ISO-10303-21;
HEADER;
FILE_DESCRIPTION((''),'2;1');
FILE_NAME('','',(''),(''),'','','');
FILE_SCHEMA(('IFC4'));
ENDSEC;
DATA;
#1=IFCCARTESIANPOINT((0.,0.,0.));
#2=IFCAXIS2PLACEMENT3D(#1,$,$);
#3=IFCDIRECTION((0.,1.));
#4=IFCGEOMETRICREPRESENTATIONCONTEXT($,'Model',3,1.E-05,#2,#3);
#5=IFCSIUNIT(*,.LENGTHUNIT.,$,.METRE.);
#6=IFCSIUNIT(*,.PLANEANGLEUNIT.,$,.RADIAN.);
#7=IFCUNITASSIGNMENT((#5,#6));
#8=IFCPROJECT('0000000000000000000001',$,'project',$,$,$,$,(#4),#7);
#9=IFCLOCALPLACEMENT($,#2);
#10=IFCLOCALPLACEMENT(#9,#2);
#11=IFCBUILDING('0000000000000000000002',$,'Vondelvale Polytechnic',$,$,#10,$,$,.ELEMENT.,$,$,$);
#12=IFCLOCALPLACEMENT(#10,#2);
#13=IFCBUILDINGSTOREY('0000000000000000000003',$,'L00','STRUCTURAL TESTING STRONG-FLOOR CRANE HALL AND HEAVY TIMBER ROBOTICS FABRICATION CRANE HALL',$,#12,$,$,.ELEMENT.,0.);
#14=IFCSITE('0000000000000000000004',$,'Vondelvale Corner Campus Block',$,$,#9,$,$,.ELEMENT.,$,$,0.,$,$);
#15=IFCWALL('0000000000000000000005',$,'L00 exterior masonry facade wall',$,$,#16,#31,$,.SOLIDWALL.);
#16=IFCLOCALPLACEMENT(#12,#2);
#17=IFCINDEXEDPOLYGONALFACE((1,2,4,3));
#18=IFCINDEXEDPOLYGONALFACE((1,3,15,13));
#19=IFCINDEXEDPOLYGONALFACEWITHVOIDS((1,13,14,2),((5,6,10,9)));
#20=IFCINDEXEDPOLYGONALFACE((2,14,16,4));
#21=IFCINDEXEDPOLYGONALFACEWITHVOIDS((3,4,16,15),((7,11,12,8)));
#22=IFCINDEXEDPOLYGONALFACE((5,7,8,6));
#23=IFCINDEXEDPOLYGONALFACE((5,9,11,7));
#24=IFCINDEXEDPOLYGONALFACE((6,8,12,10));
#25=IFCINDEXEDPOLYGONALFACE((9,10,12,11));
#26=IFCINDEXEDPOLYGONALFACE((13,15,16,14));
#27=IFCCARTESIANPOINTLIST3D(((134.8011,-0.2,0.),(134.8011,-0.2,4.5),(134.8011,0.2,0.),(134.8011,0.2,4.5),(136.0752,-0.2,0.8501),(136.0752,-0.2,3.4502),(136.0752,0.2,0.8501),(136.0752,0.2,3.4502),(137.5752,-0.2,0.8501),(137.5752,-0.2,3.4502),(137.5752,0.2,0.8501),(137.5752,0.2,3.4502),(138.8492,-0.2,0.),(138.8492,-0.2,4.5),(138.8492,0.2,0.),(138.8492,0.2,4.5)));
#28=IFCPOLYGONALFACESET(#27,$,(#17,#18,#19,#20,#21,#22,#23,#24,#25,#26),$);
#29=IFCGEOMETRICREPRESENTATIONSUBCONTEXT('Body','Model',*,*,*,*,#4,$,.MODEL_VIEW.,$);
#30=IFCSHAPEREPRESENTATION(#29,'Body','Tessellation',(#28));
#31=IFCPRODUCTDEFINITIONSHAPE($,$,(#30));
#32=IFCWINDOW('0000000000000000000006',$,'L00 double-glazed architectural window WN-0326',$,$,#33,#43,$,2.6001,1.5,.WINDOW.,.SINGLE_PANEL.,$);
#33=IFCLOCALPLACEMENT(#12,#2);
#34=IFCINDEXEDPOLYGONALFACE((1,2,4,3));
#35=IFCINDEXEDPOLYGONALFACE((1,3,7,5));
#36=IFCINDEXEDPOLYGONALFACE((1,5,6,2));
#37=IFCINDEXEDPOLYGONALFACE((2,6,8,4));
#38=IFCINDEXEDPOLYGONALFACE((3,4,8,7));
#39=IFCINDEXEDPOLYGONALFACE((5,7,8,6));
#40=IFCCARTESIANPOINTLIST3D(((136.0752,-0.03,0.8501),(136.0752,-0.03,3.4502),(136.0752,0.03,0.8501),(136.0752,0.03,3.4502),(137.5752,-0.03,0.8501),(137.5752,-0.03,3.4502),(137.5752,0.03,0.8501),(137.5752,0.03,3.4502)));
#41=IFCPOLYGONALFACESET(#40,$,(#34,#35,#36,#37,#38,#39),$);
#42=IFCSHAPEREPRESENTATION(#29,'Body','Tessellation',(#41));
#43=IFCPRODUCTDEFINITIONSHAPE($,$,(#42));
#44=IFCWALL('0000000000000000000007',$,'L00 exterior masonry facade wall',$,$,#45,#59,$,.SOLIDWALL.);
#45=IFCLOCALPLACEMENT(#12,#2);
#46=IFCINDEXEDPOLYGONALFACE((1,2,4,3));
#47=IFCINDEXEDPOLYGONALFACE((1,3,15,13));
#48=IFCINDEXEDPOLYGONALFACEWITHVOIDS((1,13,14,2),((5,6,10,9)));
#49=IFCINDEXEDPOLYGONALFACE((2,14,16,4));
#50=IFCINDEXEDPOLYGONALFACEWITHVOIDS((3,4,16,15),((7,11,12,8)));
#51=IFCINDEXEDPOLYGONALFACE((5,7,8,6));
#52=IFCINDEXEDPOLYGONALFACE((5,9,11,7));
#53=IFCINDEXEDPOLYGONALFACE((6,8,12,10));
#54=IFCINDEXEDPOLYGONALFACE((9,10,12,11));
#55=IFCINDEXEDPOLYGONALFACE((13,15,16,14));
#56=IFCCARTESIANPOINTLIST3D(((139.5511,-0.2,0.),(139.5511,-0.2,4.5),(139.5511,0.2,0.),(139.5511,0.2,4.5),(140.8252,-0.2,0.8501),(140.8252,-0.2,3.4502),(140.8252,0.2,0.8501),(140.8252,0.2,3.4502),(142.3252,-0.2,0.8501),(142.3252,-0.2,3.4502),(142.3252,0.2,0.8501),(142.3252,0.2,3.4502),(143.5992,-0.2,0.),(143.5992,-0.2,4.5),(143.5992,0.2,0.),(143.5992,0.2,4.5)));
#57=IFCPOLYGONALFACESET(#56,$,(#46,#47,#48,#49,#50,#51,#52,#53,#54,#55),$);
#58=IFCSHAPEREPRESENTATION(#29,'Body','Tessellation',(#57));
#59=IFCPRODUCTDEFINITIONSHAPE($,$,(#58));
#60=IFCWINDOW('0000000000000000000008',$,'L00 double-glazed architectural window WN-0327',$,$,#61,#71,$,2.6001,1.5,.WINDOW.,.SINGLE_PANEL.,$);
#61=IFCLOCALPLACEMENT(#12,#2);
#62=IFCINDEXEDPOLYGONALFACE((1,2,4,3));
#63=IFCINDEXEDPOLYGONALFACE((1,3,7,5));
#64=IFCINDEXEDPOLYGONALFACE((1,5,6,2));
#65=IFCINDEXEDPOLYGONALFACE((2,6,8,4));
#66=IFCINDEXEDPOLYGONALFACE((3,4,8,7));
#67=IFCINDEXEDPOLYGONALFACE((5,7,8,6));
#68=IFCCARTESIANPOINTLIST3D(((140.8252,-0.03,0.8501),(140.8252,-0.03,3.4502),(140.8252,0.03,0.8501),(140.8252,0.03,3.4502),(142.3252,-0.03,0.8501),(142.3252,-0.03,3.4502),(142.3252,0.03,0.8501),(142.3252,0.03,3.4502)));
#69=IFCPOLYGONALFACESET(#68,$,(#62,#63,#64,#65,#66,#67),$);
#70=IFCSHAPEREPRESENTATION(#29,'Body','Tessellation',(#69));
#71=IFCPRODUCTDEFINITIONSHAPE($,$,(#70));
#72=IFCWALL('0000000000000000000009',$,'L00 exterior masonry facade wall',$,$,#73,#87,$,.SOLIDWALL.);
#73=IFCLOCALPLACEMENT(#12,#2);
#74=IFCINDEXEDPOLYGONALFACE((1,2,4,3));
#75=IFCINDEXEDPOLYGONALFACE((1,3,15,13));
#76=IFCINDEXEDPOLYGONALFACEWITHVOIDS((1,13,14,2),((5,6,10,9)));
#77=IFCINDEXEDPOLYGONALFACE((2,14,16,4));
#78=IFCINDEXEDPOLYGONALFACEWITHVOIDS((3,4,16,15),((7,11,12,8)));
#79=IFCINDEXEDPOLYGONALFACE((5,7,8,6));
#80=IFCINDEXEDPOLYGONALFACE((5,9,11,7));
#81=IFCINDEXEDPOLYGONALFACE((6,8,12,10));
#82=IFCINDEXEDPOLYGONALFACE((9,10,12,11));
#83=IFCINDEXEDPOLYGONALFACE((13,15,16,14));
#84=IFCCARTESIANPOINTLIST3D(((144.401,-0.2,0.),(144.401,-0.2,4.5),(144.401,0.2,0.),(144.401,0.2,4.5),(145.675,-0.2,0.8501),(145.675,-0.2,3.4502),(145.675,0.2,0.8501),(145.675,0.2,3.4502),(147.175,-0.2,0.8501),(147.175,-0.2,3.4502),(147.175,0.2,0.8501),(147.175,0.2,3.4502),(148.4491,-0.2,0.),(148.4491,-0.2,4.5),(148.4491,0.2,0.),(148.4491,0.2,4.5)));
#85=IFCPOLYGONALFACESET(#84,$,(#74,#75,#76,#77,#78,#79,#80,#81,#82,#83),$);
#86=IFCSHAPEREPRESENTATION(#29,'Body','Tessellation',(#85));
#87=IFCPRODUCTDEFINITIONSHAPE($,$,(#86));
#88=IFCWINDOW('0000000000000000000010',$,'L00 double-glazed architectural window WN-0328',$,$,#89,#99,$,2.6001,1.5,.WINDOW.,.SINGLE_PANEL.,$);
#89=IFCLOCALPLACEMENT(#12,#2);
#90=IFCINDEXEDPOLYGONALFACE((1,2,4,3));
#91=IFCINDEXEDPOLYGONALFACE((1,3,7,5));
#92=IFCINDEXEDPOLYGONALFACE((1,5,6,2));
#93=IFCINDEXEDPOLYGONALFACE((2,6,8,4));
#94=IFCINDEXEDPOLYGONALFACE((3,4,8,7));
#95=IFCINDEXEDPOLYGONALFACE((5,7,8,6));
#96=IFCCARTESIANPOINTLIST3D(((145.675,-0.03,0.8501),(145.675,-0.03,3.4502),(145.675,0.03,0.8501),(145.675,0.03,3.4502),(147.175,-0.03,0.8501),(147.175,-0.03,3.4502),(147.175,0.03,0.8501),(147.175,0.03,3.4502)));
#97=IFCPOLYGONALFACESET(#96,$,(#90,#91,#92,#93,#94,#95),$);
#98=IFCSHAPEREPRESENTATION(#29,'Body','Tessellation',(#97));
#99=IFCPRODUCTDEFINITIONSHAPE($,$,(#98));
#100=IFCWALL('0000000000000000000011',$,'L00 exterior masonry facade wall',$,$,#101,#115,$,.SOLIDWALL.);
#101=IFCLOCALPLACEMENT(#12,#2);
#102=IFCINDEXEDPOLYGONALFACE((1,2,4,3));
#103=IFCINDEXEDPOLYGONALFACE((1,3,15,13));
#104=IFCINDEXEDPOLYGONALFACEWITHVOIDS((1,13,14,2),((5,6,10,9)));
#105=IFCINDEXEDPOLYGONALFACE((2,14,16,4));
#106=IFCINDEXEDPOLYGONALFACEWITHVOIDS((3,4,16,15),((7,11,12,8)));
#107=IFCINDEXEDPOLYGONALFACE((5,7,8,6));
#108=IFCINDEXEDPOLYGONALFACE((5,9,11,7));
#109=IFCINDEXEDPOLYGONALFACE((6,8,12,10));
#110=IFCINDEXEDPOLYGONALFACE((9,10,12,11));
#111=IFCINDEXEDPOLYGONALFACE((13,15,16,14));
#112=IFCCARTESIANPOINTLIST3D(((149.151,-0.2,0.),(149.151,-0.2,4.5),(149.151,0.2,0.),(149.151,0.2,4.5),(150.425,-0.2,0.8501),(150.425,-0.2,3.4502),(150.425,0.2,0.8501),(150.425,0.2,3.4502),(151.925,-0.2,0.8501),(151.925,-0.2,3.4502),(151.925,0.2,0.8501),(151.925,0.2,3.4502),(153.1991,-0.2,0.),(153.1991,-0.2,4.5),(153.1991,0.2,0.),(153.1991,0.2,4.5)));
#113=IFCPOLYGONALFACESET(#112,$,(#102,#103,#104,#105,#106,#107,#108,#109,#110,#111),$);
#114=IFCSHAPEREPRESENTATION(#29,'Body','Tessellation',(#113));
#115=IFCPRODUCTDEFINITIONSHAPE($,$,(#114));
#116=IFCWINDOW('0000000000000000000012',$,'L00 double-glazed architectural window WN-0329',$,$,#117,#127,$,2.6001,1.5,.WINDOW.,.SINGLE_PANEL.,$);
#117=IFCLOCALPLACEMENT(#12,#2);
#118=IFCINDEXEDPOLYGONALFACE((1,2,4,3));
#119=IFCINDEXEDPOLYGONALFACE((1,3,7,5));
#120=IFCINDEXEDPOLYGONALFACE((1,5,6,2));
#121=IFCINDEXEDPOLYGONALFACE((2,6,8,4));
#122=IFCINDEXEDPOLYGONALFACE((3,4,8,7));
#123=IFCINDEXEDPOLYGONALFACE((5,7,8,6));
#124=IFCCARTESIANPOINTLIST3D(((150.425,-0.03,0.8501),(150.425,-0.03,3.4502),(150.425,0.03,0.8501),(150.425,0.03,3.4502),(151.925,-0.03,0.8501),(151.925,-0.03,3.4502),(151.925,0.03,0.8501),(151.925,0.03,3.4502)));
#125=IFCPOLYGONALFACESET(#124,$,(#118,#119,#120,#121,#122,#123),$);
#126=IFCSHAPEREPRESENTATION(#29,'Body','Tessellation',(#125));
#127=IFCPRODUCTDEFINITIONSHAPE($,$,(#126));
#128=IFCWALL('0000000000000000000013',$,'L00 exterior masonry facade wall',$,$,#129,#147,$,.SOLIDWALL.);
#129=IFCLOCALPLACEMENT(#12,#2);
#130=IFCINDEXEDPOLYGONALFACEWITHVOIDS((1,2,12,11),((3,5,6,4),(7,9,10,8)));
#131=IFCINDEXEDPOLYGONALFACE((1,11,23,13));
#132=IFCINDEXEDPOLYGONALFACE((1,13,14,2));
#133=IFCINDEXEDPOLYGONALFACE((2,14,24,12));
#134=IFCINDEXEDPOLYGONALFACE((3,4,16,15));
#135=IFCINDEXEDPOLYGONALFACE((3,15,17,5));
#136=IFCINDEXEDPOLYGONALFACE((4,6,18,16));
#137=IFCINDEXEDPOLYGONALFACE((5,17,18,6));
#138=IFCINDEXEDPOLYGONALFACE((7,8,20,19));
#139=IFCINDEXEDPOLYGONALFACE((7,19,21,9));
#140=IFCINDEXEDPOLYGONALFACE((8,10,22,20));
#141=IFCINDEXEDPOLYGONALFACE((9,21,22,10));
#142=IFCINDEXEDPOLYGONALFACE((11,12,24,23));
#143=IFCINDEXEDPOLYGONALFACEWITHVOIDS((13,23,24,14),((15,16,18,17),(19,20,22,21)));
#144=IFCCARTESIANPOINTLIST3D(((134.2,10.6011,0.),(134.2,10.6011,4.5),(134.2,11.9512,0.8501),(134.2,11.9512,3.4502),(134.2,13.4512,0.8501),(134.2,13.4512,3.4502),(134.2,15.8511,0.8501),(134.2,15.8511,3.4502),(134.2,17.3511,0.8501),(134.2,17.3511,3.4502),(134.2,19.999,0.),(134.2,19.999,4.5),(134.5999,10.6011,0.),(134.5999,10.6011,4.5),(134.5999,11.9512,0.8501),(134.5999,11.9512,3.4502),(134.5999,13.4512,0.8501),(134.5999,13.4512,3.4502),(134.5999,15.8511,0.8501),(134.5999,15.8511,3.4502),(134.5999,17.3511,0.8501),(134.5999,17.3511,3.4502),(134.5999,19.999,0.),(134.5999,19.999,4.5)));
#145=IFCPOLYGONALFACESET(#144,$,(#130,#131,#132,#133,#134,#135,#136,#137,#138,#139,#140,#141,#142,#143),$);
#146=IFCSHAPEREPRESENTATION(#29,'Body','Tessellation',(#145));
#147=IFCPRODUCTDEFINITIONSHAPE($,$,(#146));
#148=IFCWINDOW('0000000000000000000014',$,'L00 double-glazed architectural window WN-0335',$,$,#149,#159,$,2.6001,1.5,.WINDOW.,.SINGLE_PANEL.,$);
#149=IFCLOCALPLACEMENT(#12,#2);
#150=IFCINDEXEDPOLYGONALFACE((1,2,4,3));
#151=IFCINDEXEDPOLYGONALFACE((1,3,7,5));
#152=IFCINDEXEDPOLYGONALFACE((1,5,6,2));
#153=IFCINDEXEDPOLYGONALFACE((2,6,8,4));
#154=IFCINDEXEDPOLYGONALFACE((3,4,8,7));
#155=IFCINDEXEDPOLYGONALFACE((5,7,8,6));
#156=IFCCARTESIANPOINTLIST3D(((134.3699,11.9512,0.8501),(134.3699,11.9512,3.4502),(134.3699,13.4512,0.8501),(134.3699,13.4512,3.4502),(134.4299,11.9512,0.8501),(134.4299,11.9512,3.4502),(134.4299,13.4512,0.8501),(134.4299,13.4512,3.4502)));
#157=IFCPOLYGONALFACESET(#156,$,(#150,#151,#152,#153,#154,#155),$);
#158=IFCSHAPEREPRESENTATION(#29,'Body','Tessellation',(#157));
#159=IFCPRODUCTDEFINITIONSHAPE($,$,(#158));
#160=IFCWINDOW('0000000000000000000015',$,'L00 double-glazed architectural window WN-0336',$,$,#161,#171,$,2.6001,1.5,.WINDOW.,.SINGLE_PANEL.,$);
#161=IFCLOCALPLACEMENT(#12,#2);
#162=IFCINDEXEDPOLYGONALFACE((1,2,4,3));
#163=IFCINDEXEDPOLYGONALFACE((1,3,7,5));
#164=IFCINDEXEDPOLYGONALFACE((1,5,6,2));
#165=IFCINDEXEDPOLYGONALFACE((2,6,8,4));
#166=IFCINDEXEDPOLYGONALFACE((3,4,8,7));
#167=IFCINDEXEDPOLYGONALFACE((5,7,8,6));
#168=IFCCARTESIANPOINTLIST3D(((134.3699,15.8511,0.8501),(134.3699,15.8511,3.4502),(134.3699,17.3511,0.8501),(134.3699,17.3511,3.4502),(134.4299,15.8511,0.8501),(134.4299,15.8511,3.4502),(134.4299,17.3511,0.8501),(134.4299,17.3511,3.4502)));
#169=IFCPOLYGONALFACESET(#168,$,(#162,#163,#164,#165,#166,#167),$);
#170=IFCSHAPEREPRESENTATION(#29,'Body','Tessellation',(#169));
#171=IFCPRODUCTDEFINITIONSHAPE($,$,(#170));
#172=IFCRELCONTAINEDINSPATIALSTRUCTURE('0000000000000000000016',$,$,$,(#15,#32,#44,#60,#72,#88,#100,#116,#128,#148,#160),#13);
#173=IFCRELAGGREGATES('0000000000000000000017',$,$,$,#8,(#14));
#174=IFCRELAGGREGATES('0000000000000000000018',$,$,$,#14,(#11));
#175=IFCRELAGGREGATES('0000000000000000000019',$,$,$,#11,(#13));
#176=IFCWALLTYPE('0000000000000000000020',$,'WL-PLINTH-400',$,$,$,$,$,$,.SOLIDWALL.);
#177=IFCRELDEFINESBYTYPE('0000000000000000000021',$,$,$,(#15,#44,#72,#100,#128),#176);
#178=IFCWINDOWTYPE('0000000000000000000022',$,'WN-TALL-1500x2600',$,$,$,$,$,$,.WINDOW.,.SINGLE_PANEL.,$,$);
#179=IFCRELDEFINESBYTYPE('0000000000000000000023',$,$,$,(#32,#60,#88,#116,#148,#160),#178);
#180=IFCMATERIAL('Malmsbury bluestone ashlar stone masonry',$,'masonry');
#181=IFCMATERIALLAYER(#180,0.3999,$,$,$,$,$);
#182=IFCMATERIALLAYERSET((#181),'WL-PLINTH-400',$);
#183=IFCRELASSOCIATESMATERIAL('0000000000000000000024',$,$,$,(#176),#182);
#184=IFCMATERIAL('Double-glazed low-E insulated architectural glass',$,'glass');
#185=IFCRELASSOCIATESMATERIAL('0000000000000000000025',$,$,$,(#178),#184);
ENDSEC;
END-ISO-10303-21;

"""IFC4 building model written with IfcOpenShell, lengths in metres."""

from ifc_helpers import new_model, si_unit, direction, frame, frame_2d, origin, place, context, subcontext, project, spatial, rectangle, extrude, material, layer, layer_set, type_object, element, fill, save


model = new_model("IFC4")

# Units and contexts
model_context = context("Model", 3, precision=1e-05, world=origin(), true_north=direction((0.0, 1.0)))
body_context = subcontext(model_context, "Body", "Model", "MODEL_VIEW")
ifc_project = project(units=[si_unit("LENGTHUNIT", "METRE"), si_unit("PLANEANGLEUNIT", "RADIAN")], contexts=[model_context])

# Site, building, storey
site_placement = place(None, origin())
site = spatial("IfcSite", under=ifc_project, at=site_placement, Name="Vondelvale Corner Campus Block", CompositionType="ELEMENT", RefElevation=0.0)
building_placement = place(site_placement, origin())
building = spatial("IfcBuilding", under=site, at=building_placement, Name="Vondelvale Polytechnic", CompositionType="ELEMENT")
storey_placement = place(building_placement, origin())
storey = spatial("IfcBuildingStorey", under=building, at=storey_placement, Name="L00", Description="STRUCTURAL TESTING STRONG-FLOOR CRANE HALL AND HEAVY TIMBER ROBOTICS FABRICATION CRANE HALL", CompositionType="ELEMENT", Elevation=0.0)

# Walls, openings, windows
ifc_material_1 = material(Name="Malmsbury bluestone ashlar stone masonry", Category="masonry")
ifc_layer_1 = layer(ifc_material_1, 0.3999)
ifc_layer_set_1 = layer_set([ifc_layer_1], Name="WL-PLINTH-400")
wall_type = type_object("IfcWallType", Name="WL-PLINTH-400", PredefinedType="SOLIDWALL", material=ifc_layer_set_1)
wall_1_placement = place(storey_placement, frame((138.8491, 0.0, 0.0), z_axis=(0.0, 0.0, 1.0), x_axis=(-1.0, 0.0, 0.0)))
wall_1 = element("IfcWall", 1, at=wall_1_placement, inside=storey, type_object=wall_type, Name="L00 exterior masonry facade wall", PredefinedType="SOLIDWALL", context=body_context, shape_type="SweptSolid", body=[
    extrude(rectangle(XDim=4.0481, YDim=0.3999, at=frame_2d((2.0239, 0.0))), origin(), (0.0, 0.0, 1.0), 4.5),
])
opening_1_placement = place(wall_1_placement, frame((1.2739, 0.0, 0.8501)))
opening_1 = element("IfcOpeningElement", 2, at=opening_1_placement, cuts=wall_1, PredefinedType="OPENING", context=body_context, shape_type="SweptSolid", body=[
    extrude(rectangle(XDim=1.5, YDim=2.6001, at=frame_2d((0.75, 1.3))), frame((0.0, 0.21, 0.0), z_axis=(0.0, -1.0, 0.0), x_axis=(1.0, 0.0, 0.0)), (0.0, 0.0, 1.0), 0.4199),
])
ifc_material_2 = material(Name="Double-glazed low-E insulated architectural glass", Category="glass")
window_type = type_object("IfcWindowType", Name="WN-TALL-1500x2600", PartitioningType="SINGLE_PANEL", PredefinedType="WINDOW", material=ifc_material_2)
window_1_placement = place(opening_1_placement, origin())
window_1 = element("IfcWindow", 3, at=window_1_placement, inside=storey, type_object=window_type, Name="L00 double-glazed architectural window WN-0326", OverallHeight=2.6001, OverallWidth=1.5, PartitioningType="SINGLE_PANEL", PredefinedType="WINDOW", context=body_context, shape_type="SweptSolid", body=[
    extrude(rectangle(XDim=1.5, YDim=2.6001, at=frame_2d((0.75, 1.3))), frame((0.0, 0.03, 0.0), z_axis=(0.0, -1.0, 0.0), x_axis=(1.0, 0.0, 0.0)), (0.0, 0.0, 1.0), 0.0601),
])
fill(opening_1, window_1)
wall_2_placement = place(storey_placement, frame((143.5991, 0.0, 0.0), z_axis=(0.0, 0.0, 1.0), x_axis=(-1.0, 0.0, 0.0)))
wall_2 = element("IfcWall", 4, at=wall_2_placement, inside=storey, type_object=wall_type, Name="L00 exterior masonry facade wall", PredefinedType="SOLIDWALL", context=body_context, shape_type="SweptSolid", body=[
    extrude(rectangle(XDim=4.0481, YDim=0.3999, at=frame_2d((2.0239, 0.0))), origin(), (0.0, 0.0, 1.0), 4.5),
])
opening_2_placement = place(wall_2_placement, frame((1.2739, 0.0, 0.8501)))
opening_2 = element("IfcOpeningElement", 5, at=opening_2_placement, cuts=wall_2, PredefinedType="OPENING", context=body_context, shape_type="SweptSolid", body=[
    extrude(rectangle(XDim=1.5, YDim=2.6001, at=frame_2d((0.75, 1.3))), frame((0.0, 0.21, 0.0), z_axis=(0.0, -1.0, 0.0), x_axis=(1.0, 0.0, 0.0)), (0.0, 0.0, 1.0), 0.4199),
])
window_2_placement = place(opening_2_placement, origin())
window_2 = element("IfcWindow", 6, at=window_2_placement, inside=storey, type_object=window_type, Name="L00 double-glazed architectural window WN-0327", OverallHeight=2.6001, OverallWidth=1.5, PartitioningType="SINGLE_PANEL", PredefinedType="WINDOW", context=body_context, shape_type="SweptSolid", body=[
    extrude(rectangle(XDim=1.5, YDim=2.6001, at=frame_2d((0.75, 1.3))), frame((0.0, 0.03, 0.0), z_axis=(0.0, -1.0, 0.0), x_axis=(1.0, 0.0, 0.0)), (0.0, 0.0, 1.0), 0.0601),
])
fill(opening_2, window_2)
wall_3_placement = place(storey_placement, frame((148.449, 0.0, 0.0), z_axis=(0.0, 0.0, 1.0), x_axis=(-1.0, 0.0, 0.0)))
wall_3 = element("IfcWall", 7, at=wall_3_placement, inside=storey, type_object=wall_type, Name="L00 exterior masonry facade wall", PredefinedType="SOLIDWALL", context=body_context, shape_type="SweptSolid", body=[
    extrude(rectangle(XDim=4.0481, YDim=0.3999, at=frame_2d((2.0239, 0.0))), origin(), (0.0, 0.0, 1.0), 4.5),
])
opening_3_placement = place(wall_3_placement, frame((1.2739, 0.0, 0.8501)))
opening_3 = element("IfcOpeningElement", 8, at=opening_3_placement, cuts=wall_3, PredefinedType="OPENING", context=body_context, shape_type="SweptSolid", body=[
    extrude(rectangle(XDim=1.5, YDim=2.6001, at=frame_2d((0.75, 1.3))), frame((0.0, 0.21, 0.0), z_axis=(0.0, -1.0, 0.0), x_axis=(1.0, 0.0, 0.0)), (0.0, 0.0, 1.0), 0.4199),
])
window_3_placement = place(opening_3_placement, origin())
window_3 = element("IfcWindow", 9, at=window_3_placement, inside=storey, type_object=window_type, Name="L00 double-glazed architectural window WN-0328", OverallHeight=2.6001, OverallWidth=1.5, PartitioningType="SINGLE_PANEL", PredefinedType="WINDOW", context=body_context, shape_type="SweptSolid", body=[
    extrude(rectangle(XDim=1.5, YDim=2.6001, at=frame_2d((0.75, 1.3))), frame((0.0, 0.03, 0.0), z_axis=(0.0, -1.0, 0.0), x_axis=(1.0, 0.0, 0.0)), (0.0, 0.0, 1.0), 0.0601),
])
fill(opening_3, window_3)
wall_4_placement = place(storey_placement, frame((153.199, 0.0, 0.0), z_axis=(0.0, 0.0, 1.0), x_axis=(-1.0, 0.0, 0.0)))
wall_4 = element("IfcWall", 10, at=wall_4_placement, inside=storey, type_object=wall_type, Name="L00 exterior masonry facade wall", PredefinedType="SOLIDWALL", context=body_context, shape_type="SweptSolid", body=[
    extrude(rectangle(XDim=4.0481, YDim=0.3999, at=frame_2d((2.0239, 0.0))), origin(), (0.0, 0.0, 1.0), 4.5),
])
opening_4_placement = place(wall_4_placement, frame((1.2739, 0.0, 0.8501)))
opening_4 = element("IfcOpeningElement", 11, at=opening_4_placement, cuts=wall_4, PredefinedType="OPENING", context=body_context, shape_type="SweptSolid", body=[
    extrude(rectangle(XDim=1.5, YDim=2.6001, at=frame_2d((0.75, 1.3))), frame((0.0, 0.21, 0.0), z_axis=(0.0, -1.0, 0.0), x_axis=(1.0, 0.0, 0.0)), (0.0, 0.0, 1.0), 0.4199),
])
window_4_placement = place(opening_4_placement, origin())
window_4 = element("IfcWindow", 12, at=window_4_placement, inside=storey, type_object=window_type, Name="L00 double-glazed architectural window WN-0329", OverallHeight=2.6001, OverallWidth=1.5, PartitioningType="SINGLE_PANEL", PredefinedType="WINDOW", context=body_context, shape_type="SweptSolid", body=[
    extrude(rectangle(XDim=1.5, YDim=2.6001, at=frame_2d((0.75, 1.3))), frame((0.0, 0.03, 0.0), z_axis=(0.0, -1.0, 0.0), x_axis=(1.0, 0.0, 0.0)), (0.0, 0.0, 1.0), 0.0601),
])
fill(opening_4, window_4)

# Wall, openings, windows
wall_5_placement = place(storey_placement, frame((134.3999, 10.6011, 0.0), z_axis=(0.0, 0.0, 1.0), x_axis=(0.0, 1.0, 0.0)))
wall_5 = element("IfcWall", 13, at=wall_5_placement, inside=storey, type_object=wall_type, Name="L00 exterior masonry facade wall", PredefinedType="SOLIDWALL", context=body_context, shape_type="SweptSolid", body=[
    extrude(rectangle(XDim=9.3979, YDim=0.3999, at=frame_2d((4.699, 0.0))), origin(), (0.0, 0.0, 1.0), 4.5),
])
opening_5_placement = place(wall_5_placement, frame((1.3501, 0.0, 0.8501)))
opening_5 = element("IfcOpeningElement", 14, at=opening_5_placement, cuts=wall_5, PredefinedType="OPENING", context=body_context, shape_type="SweptSolid", body=[
    extrude(rectangle(XDim=1.5, YDim=2.6001, at=frame_2d((0.75, 1.3))), frame((0.0, 0.21, 0.0), z_axis=(0.0, -1.0, 0.0), x_axis=(1.0, 0.0, 0.0)), (0.0, 0.0, 1.0), 0.4199),
])
opening_6_placement = place(wall_5_placement, frame((5.25, 0.0, 0.8501)))
opening_6 = element("IfcOpeningElement", 15, at=opening_6_placement, cuts=wall_5, PredefinedType="OPENING", context=body_context, shape_type="SweptSolid", body=[
    extrude(rectangle(XDim=1.5, YDim=2.6001, at=frame_2d((0.75, 1.3))), frame((0.0, 0.21, 0.0), z_axis=(0.0, -1.0, 0.0), x_axis=(1.0, 0.0, 0.0)), (0.0, 0.0, 1.0), 0.4199),
])
window_5_placement = place(opening_5_placement, origin())
window_5 = element("IfcWindow", 16, at=window_5_placement, inside=storey, type_object=window_type, Name="L00 double-glazed architectural window WN-0335", OverallHeight=2.6001, OverallWidth=1.5, PartitioningType="SINGLE_PANEL", PredefinedType="WINDOW", context=body_context, shape_type="SweptSolid", body=[
    extrude(rectangle(XDim=1.5, YDim=2.6001, at=frame_2d((0.75, 1.3))), frame((0.0, 0.03, 0.0), z_axis=(0.0, -1.0, 0.0), x_axis=(1.0, 0.0, 0.0)), (0.0, 0.0, 1.0), 0.0601),
])
fill(opening_5, window_5)
window_6_placement = place(opening_6_placement, origin())
window_6 = element("IfcWindow", 17, at=window_6_placement, inside=storey, type_object=window_type, Name="L00 double-glazed architectural window WN-0336", OverallHeight=2.6001, OverallWidth=1.5, PartitioningType="SINGLE_PANEL", PredefinedType="WINDOW", context=body_context, shape_type="SweptSolid", body=[
    extrude(rectangle(XDim=1.5, YDim=2.6001, at=frame_2d((0.75, 1.3))), frame((0.0, 0.03, 0.0), z_axis=(0.0, -1.0, 0.0), x_axis=(1.0, 0.0, 0.0)), (0.0, 0.0, 1.0), 0.0601),
])
fill(opening_6, window_6)

save(model, "model.ifc")
